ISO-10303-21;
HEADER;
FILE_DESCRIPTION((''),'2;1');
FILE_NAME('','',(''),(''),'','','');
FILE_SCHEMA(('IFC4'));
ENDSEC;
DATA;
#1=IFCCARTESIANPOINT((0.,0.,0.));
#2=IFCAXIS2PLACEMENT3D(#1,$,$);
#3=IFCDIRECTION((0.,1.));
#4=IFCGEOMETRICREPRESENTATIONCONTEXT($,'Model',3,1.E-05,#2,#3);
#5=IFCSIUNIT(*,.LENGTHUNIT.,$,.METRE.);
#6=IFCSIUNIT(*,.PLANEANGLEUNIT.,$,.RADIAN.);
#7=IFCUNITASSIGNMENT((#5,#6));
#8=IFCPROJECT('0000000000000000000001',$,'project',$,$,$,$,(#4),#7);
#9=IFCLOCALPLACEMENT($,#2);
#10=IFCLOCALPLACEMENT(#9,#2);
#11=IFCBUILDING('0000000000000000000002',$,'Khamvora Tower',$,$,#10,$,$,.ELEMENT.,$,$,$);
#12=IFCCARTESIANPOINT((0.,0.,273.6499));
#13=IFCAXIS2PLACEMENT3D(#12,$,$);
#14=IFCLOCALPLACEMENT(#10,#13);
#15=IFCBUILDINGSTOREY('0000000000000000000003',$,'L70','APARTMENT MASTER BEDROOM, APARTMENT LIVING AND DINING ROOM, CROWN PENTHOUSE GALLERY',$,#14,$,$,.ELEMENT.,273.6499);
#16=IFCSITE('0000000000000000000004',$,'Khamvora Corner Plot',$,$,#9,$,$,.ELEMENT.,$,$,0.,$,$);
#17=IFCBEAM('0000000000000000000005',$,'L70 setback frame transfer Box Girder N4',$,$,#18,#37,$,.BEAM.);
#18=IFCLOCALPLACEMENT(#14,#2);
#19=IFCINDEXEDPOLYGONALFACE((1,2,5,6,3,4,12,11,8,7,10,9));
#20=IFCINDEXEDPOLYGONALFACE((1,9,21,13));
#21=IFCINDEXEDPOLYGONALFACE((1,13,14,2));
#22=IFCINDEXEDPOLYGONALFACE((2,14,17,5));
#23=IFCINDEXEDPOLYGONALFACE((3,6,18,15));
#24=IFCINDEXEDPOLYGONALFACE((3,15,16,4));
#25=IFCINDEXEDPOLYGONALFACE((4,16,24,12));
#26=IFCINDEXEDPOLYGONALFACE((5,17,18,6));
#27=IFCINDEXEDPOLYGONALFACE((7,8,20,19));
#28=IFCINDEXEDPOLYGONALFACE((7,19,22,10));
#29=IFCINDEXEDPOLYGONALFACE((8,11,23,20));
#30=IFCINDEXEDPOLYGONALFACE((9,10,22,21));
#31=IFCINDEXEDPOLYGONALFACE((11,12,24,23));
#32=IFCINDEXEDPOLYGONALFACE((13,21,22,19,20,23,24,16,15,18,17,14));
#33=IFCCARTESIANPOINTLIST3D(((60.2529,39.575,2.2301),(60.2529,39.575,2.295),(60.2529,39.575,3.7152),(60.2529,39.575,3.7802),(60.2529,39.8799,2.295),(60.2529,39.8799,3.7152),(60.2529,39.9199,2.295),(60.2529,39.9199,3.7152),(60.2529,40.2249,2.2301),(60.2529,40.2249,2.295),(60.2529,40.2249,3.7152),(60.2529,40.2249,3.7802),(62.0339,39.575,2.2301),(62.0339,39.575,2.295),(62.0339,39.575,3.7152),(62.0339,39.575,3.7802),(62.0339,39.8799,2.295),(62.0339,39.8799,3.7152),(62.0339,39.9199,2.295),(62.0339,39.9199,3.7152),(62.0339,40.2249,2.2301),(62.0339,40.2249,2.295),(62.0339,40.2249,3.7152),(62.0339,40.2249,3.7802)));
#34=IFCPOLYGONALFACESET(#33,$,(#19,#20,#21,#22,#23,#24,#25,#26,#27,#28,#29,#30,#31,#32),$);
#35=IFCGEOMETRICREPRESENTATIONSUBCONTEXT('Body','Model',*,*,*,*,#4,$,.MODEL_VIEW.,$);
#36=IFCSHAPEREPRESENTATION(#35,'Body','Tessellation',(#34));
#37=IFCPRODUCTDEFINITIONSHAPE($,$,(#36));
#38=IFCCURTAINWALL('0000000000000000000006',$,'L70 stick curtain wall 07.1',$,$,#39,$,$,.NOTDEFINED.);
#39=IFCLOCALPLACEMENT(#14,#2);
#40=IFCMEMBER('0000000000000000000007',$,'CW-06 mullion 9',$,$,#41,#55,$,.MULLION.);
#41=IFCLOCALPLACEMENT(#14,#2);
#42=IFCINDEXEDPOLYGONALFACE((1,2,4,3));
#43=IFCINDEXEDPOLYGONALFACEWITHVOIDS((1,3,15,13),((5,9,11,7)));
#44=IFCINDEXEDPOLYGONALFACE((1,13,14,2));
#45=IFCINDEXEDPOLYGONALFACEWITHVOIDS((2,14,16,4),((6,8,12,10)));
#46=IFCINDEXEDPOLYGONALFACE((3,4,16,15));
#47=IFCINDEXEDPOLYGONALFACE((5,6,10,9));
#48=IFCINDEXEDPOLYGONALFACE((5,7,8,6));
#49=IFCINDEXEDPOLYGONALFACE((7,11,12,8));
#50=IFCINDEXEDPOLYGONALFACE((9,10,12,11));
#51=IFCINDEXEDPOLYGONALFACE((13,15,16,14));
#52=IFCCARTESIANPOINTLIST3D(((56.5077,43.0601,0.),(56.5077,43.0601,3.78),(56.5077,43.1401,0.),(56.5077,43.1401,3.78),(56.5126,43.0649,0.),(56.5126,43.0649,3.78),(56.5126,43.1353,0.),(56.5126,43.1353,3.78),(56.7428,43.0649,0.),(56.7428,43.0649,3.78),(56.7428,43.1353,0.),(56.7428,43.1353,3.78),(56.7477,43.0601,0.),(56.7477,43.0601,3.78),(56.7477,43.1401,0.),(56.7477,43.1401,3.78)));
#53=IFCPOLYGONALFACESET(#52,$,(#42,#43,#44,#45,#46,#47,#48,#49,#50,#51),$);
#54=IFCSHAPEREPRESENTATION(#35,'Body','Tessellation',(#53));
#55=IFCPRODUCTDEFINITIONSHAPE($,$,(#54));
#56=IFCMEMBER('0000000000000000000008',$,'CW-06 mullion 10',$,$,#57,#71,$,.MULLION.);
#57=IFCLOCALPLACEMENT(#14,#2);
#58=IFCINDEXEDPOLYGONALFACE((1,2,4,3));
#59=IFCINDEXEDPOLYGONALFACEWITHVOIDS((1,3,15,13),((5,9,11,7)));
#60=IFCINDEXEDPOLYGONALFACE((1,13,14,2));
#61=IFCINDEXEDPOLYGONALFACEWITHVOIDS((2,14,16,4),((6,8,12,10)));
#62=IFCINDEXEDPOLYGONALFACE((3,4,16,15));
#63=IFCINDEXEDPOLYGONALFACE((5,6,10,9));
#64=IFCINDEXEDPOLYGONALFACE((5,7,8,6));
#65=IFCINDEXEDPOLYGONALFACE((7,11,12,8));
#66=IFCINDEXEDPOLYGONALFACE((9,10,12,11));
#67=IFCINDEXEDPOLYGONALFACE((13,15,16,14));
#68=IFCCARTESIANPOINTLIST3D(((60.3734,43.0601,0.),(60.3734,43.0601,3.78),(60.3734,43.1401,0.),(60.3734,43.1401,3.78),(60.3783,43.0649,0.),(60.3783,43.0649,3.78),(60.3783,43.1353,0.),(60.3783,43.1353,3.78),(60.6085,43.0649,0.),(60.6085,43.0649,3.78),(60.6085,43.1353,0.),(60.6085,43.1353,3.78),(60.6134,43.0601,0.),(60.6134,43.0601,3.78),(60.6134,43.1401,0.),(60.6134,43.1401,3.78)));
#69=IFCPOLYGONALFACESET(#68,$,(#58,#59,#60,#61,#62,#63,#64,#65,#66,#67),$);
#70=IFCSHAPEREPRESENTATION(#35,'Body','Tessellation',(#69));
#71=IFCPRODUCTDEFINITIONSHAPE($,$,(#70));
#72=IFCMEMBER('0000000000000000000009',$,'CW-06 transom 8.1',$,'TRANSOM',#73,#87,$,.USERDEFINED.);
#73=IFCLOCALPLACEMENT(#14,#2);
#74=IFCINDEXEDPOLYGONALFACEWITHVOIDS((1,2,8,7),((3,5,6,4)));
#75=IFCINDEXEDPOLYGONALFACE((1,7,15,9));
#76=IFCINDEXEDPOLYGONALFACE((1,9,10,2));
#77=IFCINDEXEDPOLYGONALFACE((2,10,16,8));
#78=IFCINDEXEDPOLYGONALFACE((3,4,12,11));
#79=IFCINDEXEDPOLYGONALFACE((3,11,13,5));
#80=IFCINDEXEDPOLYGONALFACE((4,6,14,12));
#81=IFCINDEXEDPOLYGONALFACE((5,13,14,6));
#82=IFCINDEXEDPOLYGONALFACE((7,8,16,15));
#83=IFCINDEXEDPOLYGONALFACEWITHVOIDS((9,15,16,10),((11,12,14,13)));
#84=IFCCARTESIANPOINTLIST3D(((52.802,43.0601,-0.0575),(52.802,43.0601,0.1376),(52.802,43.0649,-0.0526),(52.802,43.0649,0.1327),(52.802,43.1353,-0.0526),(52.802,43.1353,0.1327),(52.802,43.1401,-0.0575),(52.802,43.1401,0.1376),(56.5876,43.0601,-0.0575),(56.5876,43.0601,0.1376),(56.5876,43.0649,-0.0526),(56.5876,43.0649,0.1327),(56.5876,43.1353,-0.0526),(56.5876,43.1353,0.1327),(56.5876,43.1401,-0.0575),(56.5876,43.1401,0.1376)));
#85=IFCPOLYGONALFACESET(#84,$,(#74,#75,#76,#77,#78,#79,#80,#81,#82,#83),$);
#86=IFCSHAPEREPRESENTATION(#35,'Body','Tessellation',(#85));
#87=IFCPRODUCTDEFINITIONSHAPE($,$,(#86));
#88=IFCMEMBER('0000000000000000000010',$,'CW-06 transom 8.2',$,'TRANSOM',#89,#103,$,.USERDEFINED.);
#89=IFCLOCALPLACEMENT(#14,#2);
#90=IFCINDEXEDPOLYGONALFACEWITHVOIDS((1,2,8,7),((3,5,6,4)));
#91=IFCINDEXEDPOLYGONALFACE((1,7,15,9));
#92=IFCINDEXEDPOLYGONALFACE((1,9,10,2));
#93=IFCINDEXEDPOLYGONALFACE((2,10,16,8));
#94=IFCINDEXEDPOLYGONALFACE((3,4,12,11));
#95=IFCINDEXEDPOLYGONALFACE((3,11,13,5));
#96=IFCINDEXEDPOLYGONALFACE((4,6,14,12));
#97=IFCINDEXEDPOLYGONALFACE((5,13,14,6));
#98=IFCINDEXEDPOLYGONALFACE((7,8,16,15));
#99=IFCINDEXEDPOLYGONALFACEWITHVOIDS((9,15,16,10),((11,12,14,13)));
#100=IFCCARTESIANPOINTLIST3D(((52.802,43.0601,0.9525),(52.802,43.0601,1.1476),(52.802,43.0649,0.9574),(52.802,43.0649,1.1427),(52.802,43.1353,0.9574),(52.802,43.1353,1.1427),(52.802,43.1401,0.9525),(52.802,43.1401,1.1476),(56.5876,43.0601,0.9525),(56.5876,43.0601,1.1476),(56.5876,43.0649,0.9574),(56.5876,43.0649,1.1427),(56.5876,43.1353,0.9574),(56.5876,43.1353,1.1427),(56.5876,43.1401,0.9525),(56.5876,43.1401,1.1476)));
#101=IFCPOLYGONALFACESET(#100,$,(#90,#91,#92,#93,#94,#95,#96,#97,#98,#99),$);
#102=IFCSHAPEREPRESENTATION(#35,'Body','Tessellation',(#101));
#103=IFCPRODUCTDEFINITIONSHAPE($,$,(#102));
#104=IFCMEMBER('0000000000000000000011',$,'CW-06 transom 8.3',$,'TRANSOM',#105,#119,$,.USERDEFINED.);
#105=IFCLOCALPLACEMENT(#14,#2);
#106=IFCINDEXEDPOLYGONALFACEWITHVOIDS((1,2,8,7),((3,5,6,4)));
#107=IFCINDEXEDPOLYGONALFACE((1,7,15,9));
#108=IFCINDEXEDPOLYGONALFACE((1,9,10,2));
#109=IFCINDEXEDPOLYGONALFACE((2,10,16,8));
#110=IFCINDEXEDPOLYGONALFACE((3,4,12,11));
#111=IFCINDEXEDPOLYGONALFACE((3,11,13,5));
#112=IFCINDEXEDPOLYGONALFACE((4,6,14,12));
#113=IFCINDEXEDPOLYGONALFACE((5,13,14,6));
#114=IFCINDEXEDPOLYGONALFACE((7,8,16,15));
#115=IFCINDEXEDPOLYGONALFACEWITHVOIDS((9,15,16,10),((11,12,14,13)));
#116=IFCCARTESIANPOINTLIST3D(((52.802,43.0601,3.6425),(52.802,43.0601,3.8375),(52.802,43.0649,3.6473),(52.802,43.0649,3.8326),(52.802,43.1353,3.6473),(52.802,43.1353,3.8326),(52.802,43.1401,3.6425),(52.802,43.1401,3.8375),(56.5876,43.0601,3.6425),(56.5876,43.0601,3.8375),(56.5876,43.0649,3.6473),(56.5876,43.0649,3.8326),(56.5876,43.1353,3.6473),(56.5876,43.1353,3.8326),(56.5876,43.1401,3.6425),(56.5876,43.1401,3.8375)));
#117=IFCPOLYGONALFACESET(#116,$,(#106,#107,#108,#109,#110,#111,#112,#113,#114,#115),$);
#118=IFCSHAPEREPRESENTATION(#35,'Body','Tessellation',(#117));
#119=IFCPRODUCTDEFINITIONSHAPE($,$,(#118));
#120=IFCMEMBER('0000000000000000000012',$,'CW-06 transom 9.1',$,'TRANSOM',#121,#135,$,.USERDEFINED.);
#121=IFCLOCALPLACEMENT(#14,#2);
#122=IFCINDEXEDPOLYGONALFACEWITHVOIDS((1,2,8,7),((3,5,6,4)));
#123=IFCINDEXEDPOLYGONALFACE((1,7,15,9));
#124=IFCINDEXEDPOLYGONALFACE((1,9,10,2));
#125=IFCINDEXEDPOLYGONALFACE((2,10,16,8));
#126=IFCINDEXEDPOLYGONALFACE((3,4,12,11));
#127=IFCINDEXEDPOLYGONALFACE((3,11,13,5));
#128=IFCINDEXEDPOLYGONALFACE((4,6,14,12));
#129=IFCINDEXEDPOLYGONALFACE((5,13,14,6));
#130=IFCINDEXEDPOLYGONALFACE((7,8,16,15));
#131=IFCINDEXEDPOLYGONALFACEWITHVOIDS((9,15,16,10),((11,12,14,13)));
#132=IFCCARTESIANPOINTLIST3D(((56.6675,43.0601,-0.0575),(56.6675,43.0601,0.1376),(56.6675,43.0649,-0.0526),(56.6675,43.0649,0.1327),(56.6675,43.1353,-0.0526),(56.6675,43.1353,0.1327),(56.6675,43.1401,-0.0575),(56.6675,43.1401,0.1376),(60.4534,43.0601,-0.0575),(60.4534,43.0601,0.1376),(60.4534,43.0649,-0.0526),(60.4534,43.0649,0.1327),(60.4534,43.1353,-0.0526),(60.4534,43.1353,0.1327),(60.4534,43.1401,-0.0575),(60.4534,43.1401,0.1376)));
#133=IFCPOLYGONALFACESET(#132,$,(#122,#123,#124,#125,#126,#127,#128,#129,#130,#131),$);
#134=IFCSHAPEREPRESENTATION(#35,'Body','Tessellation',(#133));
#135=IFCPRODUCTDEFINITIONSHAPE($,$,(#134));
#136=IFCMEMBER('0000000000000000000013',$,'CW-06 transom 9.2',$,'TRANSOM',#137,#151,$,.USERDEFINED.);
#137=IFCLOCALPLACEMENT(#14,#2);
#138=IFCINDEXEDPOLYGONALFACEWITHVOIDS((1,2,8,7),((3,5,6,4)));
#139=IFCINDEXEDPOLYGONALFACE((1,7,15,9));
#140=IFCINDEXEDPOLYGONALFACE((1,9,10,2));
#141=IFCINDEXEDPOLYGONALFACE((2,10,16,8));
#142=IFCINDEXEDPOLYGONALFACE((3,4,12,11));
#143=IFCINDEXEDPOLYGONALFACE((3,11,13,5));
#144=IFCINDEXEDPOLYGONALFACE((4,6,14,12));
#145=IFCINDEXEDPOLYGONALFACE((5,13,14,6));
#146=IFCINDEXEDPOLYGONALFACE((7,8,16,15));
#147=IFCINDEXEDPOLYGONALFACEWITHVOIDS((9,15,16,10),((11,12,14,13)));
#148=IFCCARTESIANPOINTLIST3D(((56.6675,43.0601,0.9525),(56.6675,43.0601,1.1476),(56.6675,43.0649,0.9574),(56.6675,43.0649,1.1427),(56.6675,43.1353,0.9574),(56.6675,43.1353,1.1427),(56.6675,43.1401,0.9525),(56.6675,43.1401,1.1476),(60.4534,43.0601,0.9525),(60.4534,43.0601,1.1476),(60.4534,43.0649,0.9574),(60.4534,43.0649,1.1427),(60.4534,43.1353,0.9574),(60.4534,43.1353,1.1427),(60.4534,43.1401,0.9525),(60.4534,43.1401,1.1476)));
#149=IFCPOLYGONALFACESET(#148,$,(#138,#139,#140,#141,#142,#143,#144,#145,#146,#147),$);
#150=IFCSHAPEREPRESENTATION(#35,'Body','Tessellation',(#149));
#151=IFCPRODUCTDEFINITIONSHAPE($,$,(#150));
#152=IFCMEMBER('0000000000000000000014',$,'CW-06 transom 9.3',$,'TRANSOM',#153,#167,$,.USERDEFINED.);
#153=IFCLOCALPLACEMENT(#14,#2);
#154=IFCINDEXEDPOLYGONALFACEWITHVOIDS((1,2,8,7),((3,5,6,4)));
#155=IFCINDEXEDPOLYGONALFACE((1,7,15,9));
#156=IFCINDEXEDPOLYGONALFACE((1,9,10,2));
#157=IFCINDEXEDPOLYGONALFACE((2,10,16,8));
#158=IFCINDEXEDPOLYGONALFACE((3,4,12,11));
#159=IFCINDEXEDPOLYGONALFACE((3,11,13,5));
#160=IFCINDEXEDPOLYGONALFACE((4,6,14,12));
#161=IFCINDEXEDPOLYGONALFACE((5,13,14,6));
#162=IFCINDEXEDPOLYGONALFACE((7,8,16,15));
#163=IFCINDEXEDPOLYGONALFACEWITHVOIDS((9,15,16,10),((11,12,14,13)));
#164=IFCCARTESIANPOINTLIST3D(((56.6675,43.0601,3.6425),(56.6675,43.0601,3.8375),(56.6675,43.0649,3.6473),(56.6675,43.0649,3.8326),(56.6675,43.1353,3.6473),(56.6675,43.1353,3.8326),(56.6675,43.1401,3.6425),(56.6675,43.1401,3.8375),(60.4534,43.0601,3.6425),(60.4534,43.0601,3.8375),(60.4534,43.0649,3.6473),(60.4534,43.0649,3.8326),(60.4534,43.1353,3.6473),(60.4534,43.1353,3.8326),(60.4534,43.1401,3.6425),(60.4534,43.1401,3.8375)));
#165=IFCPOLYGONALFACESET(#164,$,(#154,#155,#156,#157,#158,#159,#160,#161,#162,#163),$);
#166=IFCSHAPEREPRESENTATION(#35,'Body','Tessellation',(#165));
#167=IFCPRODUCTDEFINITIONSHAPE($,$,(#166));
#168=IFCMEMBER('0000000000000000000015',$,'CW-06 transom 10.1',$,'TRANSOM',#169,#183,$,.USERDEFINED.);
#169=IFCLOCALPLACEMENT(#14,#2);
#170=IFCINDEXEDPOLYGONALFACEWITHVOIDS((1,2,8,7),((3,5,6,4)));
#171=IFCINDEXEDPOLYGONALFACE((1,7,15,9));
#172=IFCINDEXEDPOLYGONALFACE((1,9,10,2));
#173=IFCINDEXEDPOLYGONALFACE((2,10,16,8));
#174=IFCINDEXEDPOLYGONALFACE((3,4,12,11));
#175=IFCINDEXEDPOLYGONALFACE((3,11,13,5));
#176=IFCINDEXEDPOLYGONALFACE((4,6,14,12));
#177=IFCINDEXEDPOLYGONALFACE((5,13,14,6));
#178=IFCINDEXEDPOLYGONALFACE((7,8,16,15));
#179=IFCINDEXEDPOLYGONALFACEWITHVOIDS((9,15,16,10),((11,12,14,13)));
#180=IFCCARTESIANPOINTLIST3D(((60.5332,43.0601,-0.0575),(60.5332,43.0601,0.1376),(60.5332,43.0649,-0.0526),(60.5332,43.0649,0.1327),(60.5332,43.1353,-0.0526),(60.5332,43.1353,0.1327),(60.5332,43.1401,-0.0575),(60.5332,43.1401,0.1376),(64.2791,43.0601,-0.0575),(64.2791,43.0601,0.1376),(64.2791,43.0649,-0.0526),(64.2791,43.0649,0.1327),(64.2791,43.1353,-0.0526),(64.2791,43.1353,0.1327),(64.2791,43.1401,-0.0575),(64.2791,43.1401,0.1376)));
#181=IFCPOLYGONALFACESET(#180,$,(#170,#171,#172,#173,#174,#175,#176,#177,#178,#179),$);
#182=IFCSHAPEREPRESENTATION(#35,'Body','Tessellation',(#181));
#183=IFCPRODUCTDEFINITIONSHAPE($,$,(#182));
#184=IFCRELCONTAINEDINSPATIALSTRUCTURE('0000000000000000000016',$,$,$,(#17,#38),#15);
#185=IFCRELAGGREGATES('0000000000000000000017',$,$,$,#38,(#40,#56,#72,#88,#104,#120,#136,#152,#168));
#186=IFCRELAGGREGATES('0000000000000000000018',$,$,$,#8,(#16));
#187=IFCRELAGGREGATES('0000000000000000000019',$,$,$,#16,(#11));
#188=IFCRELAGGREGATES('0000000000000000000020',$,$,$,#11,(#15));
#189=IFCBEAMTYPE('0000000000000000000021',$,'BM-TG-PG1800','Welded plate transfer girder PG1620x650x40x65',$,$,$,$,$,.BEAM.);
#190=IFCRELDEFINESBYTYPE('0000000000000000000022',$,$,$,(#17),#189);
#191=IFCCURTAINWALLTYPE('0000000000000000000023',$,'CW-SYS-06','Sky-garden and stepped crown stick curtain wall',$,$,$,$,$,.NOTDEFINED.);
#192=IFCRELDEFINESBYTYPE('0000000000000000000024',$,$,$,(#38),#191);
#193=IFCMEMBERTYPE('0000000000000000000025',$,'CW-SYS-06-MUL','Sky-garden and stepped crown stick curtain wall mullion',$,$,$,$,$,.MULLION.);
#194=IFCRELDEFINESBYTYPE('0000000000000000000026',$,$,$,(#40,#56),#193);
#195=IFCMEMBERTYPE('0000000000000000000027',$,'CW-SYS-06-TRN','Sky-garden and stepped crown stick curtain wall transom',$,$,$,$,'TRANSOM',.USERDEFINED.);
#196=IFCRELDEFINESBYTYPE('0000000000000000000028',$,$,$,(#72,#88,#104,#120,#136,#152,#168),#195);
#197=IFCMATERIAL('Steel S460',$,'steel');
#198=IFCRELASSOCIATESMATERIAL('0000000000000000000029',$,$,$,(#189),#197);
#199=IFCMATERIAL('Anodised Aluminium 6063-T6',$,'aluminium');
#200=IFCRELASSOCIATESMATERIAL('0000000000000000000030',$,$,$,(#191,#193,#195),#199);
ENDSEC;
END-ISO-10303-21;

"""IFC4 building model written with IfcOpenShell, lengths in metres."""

from ifc_helpers import new_model, si_unit, direction, frame, origin, origin_2d, place, context, subcontext, project, spatial, hollow_rectangle, i_section, extrude, material, material_profile, profile_set, type_object, element, aggregate, save


model = new_model("IFC4")

# Units and contexts
model_context = context("Model", 3, precision=1e-05, world=origin(), true_north=direction((0.0, 1.0)))
body_context = subcontext(model_context, "Body", "Model", "MODEL_VIEW")
ifc_project = project(units=[si_unit("LENGTHUNIT", "METRE"), si_unit("PLANEANGLEUNIT", "RADIAN")], contexts=[model_context])

# Site, building, storey
site_placement = place(None, origin())
site = spatial("IfcSite", under=ifc_project, at=site_placement, Name="Khamvora Corner Plot", CompositionType="ELEMENT", RefElevation=0.0)
building_placement = place(site_placement, origin())
building = spatial("IfcBuilding", under=site, at=building_placement, Name="Khamvora Tower", CompositionType="ELEMENT")
storey_placement = place(building_placement, frame((0.0, 0.0, 273.6499)))
storey = spatial("IfcBuildingStorey", under=building, at=storey_placement, Name="L70", Description="APARTMENT MASTER BEDROOM, APARTMENT LIVING AND DINING ROOM, CROWN PENTHOUSE GALLERY", CompositionType="ELEMENT", Elevation=273.6499)

# Beam
ifc_material_1 = material(Name="Steel S460", Category="steel")
ifc_material_profile_1 = material_profile(ifc_material_1, i_section(OverallWidth=0.6499, OverallDepth=1.55, WebThickness=0.04, FlangeThickness=0.0649, at=origin_2d()), Name="PG1550x650x40x65")
ifc_profile_set_1 = profile_set([ifc_material_profile_1], Name="Steel S460")
beam_type = type_object("IfcBeamType", Name="BM-TG-PG1800", Description="Welded plate transfer girder PG1620x650x40x65", PredefinedType="BEAM", material=ifc_profile_set_1)
beam_placement = place(storey_placement, frame((60.2529, 39.8999, 3.0051), z_axis=(1.0, 0.0, 0.0), x_axis=(0.0, 1.0, 0.0)))
element("IfcBeam", 1, at=beam_placement, inside=storey, type_object=beam_type, Name="L70 setback frame transfer Box Girder N4", PredefinedType="BEAM", context=body_context, shape_type="SweptSolid", body=[
    extrude(i_section(OverallWidth=0.6499, OverallDepth=1.55, WebThickness=0.04, FlangeThickness=0.0649, at=origin_2d()), origin(), (0.0, 0.0, 1.0), 1.781),
])

# Curtain wall, members
ifc_material_2 = material(Name="Anodised Aluminium 6063-T6", Category="aluminium")
curtain_wall_type = type_object("IfcCurtainWallType", Name="CW-SYS-06", Description="Sky-garden and stepped crown stick curtain wall", PredefinedType="NOTDEFINED", material=ifc_material_2)
curtain_wall_placement = place(storey_placement, origin())
curtain_wall = element("IfcCurtainWall", 2, at=curtain_wall_placement, inside=storey, type_object=curtain_wall_type, Name="L70 stick curtain wall 07.1", PredefinedType="NOTDEFINED")
ifc_material_profile_2 = material_profile(ifc_material_2, hollow_rectangle(XDim=0.0801, YDim=0.24, WallThickness=0.0049, at=origin_2d()), Name="MUL80x240x5")
ifc_profile_set_2 = profile_set([ifc_material_profile_2], Name="Anodised Aluminium 6063-T6")
member_type_1 = type_object("IfcMemberType", Name="CW-SYS-06-MUL", Description="Sky-garden and stepped crown stick curtain wall mullion", PredefinedType="MULLION", material=ifc_profile_set_2)
member_1_placement = place(storey_placement, frame((56.6277, 43.1001, 0.0), z_axis=(0.0, 0.0, 1.0), x_axis=(0.0, 1.0, 0.0)))
member_1 = element("IfcMember", 3, at=member_1_placement, type_object=member_type_1, Name="CW-06 mullion 9", PredefinedType="MULLION", context=body_context, shape_type="SweptSolid", body=[
    extrude(hollow_rectangle(XDim=0.0801, YDim=0.24, WallThickness=0.0049, at=origin_2d()), origin(), (0.0, 0.0, 1.0), 3.78),
])
member_2_placement = place(storey_placement, frame((60.4934, 43.1001, 0.0), z_axis=(0.0, 0.0, 1.0), x_axis=(0.0, 1.0, 0.0)))
member_2 = element("IfcMember", 4, at=member_2_placement, type_object=member_type_1, Name="CW-06 mullion 10", PredefinedType="MULLION", context=body_context, shape_type="SweptSolid", body=[
    extrude(hollow_rectangle(XDim=0.0801, YDim=0.24, WallThickness=0.0049, at=origin_2d()), origin(), (0.0, 0.0, 1.0), 3.78),
])
ifc_material_profile_3 = material_profile(ifc_material_2, hollow_rectangle(XDim=0.0801, YDim=0.1951, WallThickness=0.0049, at=origin_2d()), Name="TRN80x195x5")
ifc_profile_set_3 = profile_set([ifc_material_profile_3], Name="Anodised Aluminium 6063-T6")
member_type_2 = type_object("IfcMemberType", Name="CW-SYS-06-TRN", Description="Sky-garden and stepped crown stick curtain wall transom", ElementType="TRANSOM", PredefinedType="USERDEFINED", material=ifc_profile_set_3)
member_3_placement = place(storey_placement, frame((52.802, 43.1001, 0.04), z_axis=(1.0, 0.0, 0.0), x_axis=(0.0, 1.0, 0.0)))
member_3 = element("IfcMember", 5, at=member_3_placement, type_object=member_type_2, Name="CW-06 transom 8.1", ObjectType="TRANSOM", PredefinedType="USERDEFINED", context=body_context, shape_type="SweptSolid", body=[
    extrude(hollow_rectangle(XDim=0.0801, YDim=0.1951, WallThickness=0.0049, at=origin_2d()), origin(), (0.0, 0.0, 1.0), 3.7856),
])
member_4_placement = place(storey_placement, frame((52.802, 43.1001, 1.05), z_axis=(1.0, 0.0, 0.0), x_axis=(0.0, 1.0, 0.0)))
member_4 = element("IfcMember", 6, at=member_4_placement, type_object=member_type_2, Name="CW-06 transom 8.2", ObjectType="TRANSOM", PredefinedType="USERDEFINED", context=body_context, shape_type="SweptSolid", body=[
    extrude(hollow_rectangle(XDim=0.0801, YDim=0.1951, WallThickness=0.0049, at=origin_2d()), origin(), (0.0, 0.0, 1.0), 3.7856),
])
member_5_placement = place(storey_placement, frame((52.802, 43.1001, 3.74), z_axis=(1.0, 0.0, 0.0), x_axis=(0.0, 1.0, 0.0)))
member_5 = element("IfcMember", 7, at=member_5_placement, type_object=member_type_2, Name="CW-06 transom 8.3", ObjectType="TRANSOM", PredefinedType="USERDEFINED", context=body_context, shape_type="SweptSolid", body=[
    extrude(hollow_rectangle(XDim=0.0801, YDim=0.1951, WallThickness=0.0049, at=origin_2d()), origin(), (0.0, 0.0, 1.0), 3.7856),
])
member_6_placement = place(storey_placement, frame((56.6675, 43.1001, 0.04), z_axis=(1.0, 0.0, 0.0), x_axis=(0.0, 1.0, 0.0)))
member_6 = element("IfcMember", 8, at=member_6_placement, type_object=member_type_2, Name="CW-06 transom 9.1", ObjectType="TRANSOM", PredefinedType="USERDEFINED", context=body_context, shape_type="SweptSolid", body=[
    extrude(hollow_rectangle(XDim=0.0801, YDim=0.1951, WallThickness=0.0049, at=origin_2d()), origin(), (0.0, 0.0, 1.0), 3.7859),
])
member_7_placement = place(storey_placement, frame((56.6675, 43.1001, 1.05), z_axis=(1.0, 0.0, 0.0), x_axis=(0.0, 1.0, 0.0)))
member_7 = element("IfcMember", 9, at=member_7_placement, type_object=member_type_2, Name="CW-06 transom 9.2", ObjectType="TRANSOM", PredefinedType="USERDEFINED", context=body_context, shape_type="SweptSolid", body=[
    extrude(hollow_rectangle(XDim=0.0801, YDim=0.1951, WallThickness=0.0049, at=origin_2d()), origin(), (0.0, 0.0, 1.0), 3.7859),
])
member_8_placement = place(storey_placement, frame((56.6675, 43.1001, 3.74), z_axis=(1.0, 0.0, 0.0), x_axis=(0.0, 1.0, 0.0)))
member_8 = element("IfcMember", 10, at=member_8_placement, type_object=member_type_2, Name="CW-06 transom 9.3", ObjectType="TRANSOM", PredefinedType="USERDEFINED", context=body_context, shape_type="SweptSolid", body=[
    extrude(hollow_rectangle(XDim=0.0801, YDim=0.1951, WallThickness=0.0049, at=origin_2d()), origin(), (0.0, 0.0, 1.0), 3.7859),
])
member_9_placement = place(storey_placement, frame((60.5332, 43.1001, 0.04), z_axis=(1.0, 0.0, 0.0), x_axis=(0.0, 1.0, 0.0)))
member_9 = element("IfcMember", 11, at=member_9_placement, type_object=member_type_2, Name="CW-06 transom 10.1", ObjectType="TRANSOM", PredefinedType="USERDEFINED", context=body_context, shape_type="SweptSolid", body=[
    extrude(hollow_rectangle(XDim=0.0801, YDim=0.1951, WallThickness=0.0049, at=origin_2d()), origin(), (0.0, 0.0, 1.0), 3.7458),
])
aggregate(curtain_wall, [member_1, member_2, member_3, member_4, member_5, member_6, member_7, member_8, member_9])

save(model, "model.ifc")
